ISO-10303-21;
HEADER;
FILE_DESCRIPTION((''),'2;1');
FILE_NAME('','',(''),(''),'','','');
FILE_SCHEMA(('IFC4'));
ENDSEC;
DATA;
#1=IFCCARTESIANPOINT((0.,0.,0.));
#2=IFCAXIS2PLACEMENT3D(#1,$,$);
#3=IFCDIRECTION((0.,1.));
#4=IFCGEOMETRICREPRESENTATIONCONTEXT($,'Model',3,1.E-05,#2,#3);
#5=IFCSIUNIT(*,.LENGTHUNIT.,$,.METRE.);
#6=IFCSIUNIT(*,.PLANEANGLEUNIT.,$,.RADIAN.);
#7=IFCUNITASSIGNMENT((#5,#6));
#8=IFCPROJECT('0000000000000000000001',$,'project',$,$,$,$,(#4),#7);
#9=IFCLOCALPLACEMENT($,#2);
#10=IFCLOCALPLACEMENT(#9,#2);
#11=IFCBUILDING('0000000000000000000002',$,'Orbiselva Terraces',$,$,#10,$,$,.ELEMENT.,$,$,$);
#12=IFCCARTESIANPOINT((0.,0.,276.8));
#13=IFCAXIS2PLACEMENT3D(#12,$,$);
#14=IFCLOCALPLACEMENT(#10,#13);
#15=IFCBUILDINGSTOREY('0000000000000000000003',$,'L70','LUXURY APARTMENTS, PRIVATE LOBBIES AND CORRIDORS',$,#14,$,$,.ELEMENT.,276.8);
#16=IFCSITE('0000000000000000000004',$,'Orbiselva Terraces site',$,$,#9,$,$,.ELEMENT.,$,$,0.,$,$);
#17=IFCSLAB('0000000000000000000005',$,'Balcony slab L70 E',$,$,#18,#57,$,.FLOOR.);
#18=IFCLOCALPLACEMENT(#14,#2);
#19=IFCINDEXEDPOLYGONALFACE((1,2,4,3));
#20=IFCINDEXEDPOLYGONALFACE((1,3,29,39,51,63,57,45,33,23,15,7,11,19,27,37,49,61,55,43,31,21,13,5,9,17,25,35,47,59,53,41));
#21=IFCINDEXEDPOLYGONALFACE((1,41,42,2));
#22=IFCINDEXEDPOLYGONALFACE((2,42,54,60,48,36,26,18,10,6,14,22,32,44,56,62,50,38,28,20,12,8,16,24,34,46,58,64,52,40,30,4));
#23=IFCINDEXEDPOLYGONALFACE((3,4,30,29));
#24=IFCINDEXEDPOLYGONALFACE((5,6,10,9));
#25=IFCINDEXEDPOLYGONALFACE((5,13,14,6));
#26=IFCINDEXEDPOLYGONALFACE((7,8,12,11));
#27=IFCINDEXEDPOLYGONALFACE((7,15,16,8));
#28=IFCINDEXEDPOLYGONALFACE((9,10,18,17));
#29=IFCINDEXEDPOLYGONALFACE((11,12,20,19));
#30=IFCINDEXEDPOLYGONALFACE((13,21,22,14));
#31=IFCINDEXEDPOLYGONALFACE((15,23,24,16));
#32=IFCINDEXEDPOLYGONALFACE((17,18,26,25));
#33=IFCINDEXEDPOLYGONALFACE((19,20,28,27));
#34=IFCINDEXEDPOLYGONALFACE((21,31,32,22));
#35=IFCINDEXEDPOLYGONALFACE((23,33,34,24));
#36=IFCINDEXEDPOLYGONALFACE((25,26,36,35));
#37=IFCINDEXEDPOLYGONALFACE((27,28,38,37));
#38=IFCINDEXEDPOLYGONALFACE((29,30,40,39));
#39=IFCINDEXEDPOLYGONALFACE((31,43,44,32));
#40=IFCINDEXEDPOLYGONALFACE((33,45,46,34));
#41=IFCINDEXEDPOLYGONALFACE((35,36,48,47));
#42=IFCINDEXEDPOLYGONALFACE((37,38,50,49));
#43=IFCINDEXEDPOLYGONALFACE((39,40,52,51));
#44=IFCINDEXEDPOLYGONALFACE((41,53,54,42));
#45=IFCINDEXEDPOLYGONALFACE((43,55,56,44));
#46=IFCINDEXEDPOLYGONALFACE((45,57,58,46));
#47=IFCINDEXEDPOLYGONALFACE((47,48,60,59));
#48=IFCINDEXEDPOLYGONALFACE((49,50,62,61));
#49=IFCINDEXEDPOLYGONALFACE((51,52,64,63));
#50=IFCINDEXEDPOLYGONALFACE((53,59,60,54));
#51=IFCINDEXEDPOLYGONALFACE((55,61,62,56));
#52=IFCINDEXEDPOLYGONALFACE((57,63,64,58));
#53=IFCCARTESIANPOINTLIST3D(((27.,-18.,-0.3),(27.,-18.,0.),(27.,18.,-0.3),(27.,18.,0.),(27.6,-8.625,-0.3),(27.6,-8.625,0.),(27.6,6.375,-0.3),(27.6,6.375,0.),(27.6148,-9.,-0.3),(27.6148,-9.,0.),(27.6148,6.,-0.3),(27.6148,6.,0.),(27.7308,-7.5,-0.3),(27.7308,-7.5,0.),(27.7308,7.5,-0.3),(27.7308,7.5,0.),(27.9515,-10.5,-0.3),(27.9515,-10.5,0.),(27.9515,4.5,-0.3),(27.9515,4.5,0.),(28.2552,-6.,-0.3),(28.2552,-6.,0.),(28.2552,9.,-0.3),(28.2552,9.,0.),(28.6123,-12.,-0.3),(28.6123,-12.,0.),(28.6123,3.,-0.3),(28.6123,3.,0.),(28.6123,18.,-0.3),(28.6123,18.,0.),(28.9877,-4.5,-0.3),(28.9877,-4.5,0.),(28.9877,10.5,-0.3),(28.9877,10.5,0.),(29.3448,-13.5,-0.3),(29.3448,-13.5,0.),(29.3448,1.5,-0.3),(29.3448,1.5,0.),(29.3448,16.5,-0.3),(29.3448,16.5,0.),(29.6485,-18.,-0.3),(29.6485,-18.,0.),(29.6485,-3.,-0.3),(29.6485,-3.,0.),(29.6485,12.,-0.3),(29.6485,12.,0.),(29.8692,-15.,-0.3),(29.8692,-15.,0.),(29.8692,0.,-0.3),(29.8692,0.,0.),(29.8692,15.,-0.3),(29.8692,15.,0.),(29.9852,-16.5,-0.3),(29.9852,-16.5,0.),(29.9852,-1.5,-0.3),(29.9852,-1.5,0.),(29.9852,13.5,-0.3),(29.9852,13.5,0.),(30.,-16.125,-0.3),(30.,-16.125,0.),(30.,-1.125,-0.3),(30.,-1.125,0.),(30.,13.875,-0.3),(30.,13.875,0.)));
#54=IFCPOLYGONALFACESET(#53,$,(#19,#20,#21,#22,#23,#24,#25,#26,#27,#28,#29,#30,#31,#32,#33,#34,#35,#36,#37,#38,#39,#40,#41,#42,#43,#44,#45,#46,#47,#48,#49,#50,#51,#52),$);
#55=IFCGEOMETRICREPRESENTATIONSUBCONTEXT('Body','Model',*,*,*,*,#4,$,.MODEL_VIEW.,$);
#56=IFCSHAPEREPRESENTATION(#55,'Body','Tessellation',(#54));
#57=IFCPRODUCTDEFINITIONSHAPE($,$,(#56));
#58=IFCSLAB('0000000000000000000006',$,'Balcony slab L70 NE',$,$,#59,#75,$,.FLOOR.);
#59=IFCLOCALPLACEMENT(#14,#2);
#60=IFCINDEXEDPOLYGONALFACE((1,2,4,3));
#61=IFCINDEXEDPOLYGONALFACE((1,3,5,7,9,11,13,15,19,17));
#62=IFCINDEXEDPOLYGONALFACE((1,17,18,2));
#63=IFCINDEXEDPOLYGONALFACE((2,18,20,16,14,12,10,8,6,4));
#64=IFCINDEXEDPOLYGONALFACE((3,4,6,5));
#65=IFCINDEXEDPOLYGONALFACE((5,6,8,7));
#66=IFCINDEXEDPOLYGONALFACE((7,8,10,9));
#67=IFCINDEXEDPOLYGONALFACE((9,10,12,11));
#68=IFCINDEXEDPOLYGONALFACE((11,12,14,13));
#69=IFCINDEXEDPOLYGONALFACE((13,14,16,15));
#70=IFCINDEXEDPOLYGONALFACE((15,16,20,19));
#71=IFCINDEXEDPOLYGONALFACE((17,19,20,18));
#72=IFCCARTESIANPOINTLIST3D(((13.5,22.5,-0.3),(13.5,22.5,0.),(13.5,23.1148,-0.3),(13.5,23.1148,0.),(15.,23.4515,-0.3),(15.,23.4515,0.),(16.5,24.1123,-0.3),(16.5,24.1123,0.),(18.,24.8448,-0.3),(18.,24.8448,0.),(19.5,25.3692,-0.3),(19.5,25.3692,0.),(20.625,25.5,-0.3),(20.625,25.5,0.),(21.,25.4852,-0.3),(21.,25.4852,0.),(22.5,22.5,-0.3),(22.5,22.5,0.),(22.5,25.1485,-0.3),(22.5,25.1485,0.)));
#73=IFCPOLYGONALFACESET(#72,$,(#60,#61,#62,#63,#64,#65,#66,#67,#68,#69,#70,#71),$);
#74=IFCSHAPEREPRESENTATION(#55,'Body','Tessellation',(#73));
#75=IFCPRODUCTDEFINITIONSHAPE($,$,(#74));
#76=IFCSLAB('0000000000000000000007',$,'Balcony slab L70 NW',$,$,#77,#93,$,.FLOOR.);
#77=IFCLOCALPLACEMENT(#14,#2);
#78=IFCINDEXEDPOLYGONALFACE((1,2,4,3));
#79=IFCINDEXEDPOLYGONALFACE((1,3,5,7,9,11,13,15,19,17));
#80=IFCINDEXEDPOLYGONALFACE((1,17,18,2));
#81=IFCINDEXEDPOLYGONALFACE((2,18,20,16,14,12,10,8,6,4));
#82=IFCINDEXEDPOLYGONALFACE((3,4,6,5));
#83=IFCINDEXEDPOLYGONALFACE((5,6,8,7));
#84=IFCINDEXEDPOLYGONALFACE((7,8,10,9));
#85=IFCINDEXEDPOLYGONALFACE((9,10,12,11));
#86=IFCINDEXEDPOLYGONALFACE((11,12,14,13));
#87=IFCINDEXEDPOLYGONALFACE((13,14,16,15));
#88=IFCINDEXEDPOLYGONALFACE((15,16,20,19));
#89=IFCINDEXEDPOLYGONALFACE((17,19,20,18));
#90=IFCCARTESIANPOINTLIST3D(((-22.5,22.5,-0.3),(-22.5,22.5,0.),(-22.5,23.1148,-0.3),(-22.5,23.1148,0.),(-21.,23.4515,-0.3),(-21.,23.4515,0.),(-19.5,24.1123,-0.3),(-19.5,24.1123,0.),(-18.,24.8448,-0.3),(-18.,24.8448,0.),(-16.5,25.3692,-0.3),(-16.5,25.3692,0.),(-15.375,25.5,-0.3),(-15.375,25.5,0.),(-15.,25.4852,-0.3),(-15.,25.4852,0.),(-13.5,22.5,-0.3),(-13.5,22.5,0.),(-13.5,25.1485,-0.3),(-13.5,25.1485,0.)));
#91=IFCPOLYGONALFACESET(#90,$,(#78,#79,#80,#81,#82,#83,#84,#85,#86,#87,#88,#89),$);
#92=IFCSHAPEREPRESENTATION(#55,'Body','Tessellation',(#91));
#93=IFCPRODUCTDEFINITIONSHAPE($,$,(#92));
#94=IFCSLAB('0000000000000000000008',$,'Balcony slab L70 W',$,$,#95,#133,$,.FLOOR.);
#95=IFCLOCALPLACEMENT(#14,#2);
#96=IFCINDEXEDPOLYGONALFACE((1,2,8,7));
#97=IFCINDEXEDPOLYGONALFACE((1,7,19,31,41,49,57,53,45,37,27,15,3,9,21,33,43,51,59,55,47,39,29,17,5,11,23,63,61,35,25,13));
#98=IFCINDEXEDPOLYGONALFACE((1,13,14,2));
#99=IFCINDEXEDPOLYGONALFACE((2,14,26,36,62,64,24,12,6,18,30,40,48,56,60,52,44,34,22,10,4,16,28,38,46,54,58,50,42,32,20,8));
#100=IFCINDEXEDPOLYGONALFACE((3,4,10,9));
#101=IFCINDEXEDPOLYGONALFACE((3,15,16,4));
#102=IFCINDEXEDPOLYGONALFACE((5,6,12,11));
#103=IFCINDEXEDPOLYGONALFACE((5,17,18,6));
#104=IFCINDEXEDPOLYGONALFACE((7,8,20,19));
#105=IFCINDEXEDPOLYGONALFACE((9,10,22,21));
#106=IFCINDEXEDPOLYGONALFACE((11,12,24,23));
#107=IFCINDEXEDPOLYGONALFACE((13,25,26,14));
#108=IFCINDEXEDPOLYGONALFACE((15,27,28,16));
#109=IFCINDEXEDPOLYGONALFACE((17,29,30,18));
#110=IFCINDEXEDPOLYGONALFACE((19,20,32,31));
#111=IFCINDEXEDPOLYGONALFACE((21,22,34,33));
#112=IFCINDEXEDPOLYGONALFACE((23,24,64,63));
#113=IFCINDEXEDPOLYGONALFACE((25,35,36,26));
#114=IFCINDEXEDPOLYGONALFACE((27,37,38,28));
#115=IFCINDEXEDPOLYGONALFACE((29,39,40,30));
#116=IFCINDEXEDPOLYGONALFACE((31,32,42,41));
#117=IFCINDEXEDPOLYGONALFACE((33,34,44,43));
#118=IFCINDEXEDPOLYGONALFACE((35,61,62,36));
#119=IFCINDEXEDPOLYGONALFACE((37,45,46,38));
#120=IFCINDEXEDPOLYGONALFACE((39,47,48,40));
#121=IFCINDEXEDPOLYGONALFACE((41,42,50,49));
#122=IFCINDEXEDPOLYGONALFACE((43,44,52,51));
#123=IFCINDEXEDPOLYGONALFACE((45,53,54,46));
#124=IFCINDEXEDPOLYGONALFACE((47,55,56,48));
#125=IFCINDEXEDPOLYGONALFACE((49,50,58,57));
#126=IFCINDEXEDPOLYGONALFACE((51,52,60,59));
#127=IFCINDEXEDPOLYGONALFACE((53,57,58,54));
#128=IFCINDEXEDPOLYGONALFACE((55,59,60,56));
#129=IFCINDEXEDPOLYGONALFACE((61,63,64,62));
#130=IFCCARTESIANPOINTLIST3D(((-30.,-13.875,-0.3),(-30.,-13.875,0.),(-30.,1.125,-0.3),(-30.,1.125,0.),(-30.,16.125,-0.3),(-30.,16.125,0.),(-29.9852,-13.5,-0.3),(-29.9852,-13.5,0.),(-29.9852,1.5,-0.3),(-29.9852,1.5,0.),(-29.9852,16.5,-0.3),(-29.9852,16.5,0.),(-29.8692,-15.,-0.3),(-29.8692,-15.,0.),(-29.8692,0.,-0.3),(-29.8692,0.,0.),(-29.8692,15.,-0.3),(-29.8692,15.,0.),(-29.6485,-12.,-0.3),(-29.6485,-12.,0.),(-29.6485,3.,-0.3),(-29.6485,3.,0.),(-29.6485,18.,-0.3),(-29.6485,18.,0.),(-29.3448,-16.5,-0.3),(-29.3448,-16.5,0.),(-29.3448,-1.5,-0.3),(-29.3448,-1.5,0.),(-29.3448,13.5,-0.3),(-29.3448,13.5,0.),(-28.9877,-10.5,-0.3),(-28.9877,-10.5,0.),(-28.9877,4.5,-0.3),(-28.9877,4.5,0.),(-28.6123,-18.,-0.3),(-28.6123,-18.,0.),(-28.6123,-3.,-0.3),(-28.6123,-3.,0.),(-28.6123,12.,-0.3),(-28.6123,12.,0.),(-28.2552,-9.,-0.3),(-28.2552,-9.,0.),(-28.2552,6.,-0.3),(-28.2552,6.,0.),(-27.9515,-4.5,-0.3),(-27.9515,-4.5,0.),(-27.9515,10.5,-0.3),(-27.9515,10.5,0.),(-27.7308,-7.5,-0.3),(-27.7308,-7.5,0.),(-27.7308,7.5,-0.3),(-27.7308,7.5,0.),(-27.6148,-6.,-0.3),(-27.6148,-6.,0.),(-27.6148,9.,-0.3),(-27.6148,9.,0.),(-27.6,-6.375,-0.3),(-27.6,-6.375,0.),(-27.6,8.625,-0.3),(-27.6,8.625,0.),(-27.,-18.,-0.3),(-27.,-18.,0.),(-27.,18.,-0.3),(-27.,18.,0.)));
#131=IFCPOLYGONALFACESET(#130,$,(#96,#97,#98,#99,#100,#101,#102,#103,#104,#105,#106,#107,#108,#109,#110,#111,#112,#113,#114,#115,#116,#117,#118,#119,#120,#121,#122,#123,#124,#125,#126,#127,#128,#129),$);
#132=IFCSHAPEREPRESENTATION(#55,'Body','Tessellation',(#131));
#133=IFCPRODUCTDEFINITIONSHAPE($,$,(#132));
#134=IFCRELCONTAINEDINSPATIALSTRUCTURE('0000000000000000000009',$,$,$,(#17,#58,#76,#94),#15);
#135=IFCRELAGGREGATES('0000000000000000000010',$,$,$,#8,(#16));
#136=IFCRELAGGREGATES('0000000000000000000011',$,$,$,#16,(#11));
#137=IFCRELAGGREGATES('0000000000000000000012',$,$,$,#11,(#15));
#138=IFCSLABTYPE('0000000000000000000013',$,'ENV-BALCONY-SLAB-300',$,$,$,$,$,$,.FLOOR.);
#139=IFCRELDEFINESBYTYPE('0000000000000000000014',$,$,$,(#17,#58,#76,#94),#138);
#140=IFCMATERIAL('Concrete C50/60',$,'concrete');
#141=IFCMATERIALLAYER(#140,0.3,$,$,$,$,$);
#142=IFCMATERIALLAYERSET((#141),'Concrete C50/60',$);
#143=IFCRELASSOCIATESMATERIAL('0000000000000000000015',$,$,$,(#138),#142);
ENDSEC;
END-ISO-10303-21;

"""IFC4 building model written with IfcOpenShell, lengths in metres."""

from ifc_helpers import new_model, si_unit, direction, frame, origin, place, context, subcontext, project, spatial, polyline, outline, extrude, material, layer, layer_set, type_object, element, save


model = new_model("IFC4")

# Units and contexts
model_context = context("Model", 3, precision=1e-05, world=origin(), true_north=direction((0.0, 1.0)))
body_context = subcontext(model_context, "Body", "Model", "MODEL_VIEW")
ifc_project = project(units=[si_unit("LENGTHUNIT", "METRE"), si_unit("PLANEANGLEUNIT", "RADIAN")], contexts=[model_context])

# Site, building, storey
site_placement = place(None, origin())
site = spatial("IfcSite", under=ifc_project, at=site_placement, Name="Orbiselva Terraces site", CompositionType="ELEMENT", RefElevation=0.0)
building_placement = place(site_placement, origin())
building = spatial("IfcBuilding", under=site, at=building_placement, Name="Orbiselva Terraces", CompositionType="ELEMENT")
storey_placement = place(building_placement, frame((0.0, 0.0, 276.8)))
storey = spatial("IfcBuildingStorey", under=building, at=storey_placement, Name="L70", Description="LUXURY APARTMENTS, PRIVATE LOBBIES AND CORRIDORS", CompositionType="ELEMENT", Elevation=276.8)

# Shared definitions
ifc_material_1 = material(Name="Concrete C50/60", Category="concrete")

# Slabs
ifc_layer_1 = layer(ifc_material_1, 0.3)
ifc_layer_set_1 = layer_set([ifc_layer_1], Name="Concrete C50/60")
slab_type_1 = type_object("IfcSlabType", Name="ENV-BALCONY-SLAB-300", PredefinedType="FLOOR", material=ifc_layer_set_1)
slab_1_placement = place(storey_placement, frame((0.0, 0.0, -0.3)))
element("IfcSlab", 1, at=slab_1_placement, inside=storey, type_object=slab_type_1, Name="Balcony slab L70 E", PredefinedType="FLOOR", context=body_context, shape_type="SweptSolid", body=[
    extrude(outline(polyline([(29.6485, -18.0), (29.9852, -16.5), (30.0, -16.125), (29.8692, -15.0), (29.3448, -13.5), (28.6123, -12.0), (27.9515, -10.5), (27.6148, -9.0), (27.6, -8.625), (27.7308, -7.5), (28.2552, -6.0), (28.9877, -4.5), (29.6485, -3.0), (29.9852, -1.5), (30.0, -1.125), (29.8692, 0.0), (29.3448, 1.5), (28.6123, 3.0), (27.9515, 4.5), (27.6148, 6.0), (27.6, 6.375), (27.7308, 7.5), (28.2552, 9.0), (28.9877, 10.5), (29.6485, 12.0), (29.9852, 13.5), (30.0, 13.875), (29.8692, 15.0), (29.3448, 16.5), (28.6123, 18.0), (27.0, 18.0), (27.0, -18.0), (29.6485, -18.0)])), origin(), (0.0, 0.0, 1.0), 0.3),
])
slab_2_placement = place(storey_placement, frame((0.0, 0.0, -0.3)))
element("IfcSlab", 2, at=slab_2_placement, inside=storey, type_object=slab_type_1, Name="Balcony slab L70 NE", PredefinedType="FLOOR", context=body_context, shape_type="SweptSolid", body=[
    extrude(outline(polyline([(22.5, 25.1485), (21.0, 25.4852), (20.625, 25.5), (19.5, 25.3692), (18.0, 24.8448), (16.5, 24.1123), (15.0, 23.4515), (13.5, 23.1148), (13.5, 22.5), (22.5, 22.5), (22.5, 25.1485)])), origin(), (0.0, 0.0, 1.0), 0.3),
])
slab_3_placement = place(storey_placement, frame((0.0, 0.0, -0.3)))
element("IfcSlab", 3, at=slab_3_placement, inside=storey, type_object=slab_type_1, Name="Balcony slab L70 NW", PredefinedType="FLOOR", context=body_context, shape_type="SweptSolid", body=[
    extrude(outline(polyline([(-13.5, 25.1485), (-15.0, 25.4852), (-15.375, 25.5), (-16.5, 25.3692), (-18.0, 24.8448), (-19.5, 24.1123), (-21.0, 23.4515), (-22.5, 23.1148), (-22.5, 22.5), (-13.5, 22.5), (-13.5, 25.1485)])), origin(), (0.0, 0.0, 1.0), 0.3),
])
slab_4_placement = place(storey_placement, frame((0.0, 0.0, -0.3)))
element("IfcSlab", 4, at=slab_4_placement, inside=storey, type_object=slab_type_1, Name="Balcony slab L70 W", PredefinedType="FLOOR", context=body_context, shape_type="SweptSolid", body=[
    extrude(outline(polyline([(-29.6485, 18.0), (-29.9852, 16.5), (-30.0, 16.125), (-29.8692, 15.0), (-29.3448, 13.5), (-28.6123, 12.0), (-27.9515, 10.5), (-27.6148, 9.0), (-27.6, 8.625), (-27.7308, 7.5), (-28.2552, 6.0), (-28.9877, 4.5), (-29.6485, 3.0), (-29.9852, 1.5), (-30.0, 1.125), (-29.8692, 0.0), (-29.3448, -1.5), (-28.6123, -3.0), (-27.9515, -4.5), (-27.6148, -6.0), (-27.6, -6.375), (-27.7308, -7.5), (-28.2552, -9.0), (-28.9877, -10.5), (-29.6485, -12.0), (-29.9852, -13.5), (-30.0, -13.875), (-29.8692, -15.0), (-29.3448, -16.5), (-28.6123, -18.0), (-27.0, -18.0), (-27.0, 18.0), (-29.6485, 18.0)])), origin(), (0.0, 0.0, 1.0), 0.3),
])

save(model, "model.ifc")
